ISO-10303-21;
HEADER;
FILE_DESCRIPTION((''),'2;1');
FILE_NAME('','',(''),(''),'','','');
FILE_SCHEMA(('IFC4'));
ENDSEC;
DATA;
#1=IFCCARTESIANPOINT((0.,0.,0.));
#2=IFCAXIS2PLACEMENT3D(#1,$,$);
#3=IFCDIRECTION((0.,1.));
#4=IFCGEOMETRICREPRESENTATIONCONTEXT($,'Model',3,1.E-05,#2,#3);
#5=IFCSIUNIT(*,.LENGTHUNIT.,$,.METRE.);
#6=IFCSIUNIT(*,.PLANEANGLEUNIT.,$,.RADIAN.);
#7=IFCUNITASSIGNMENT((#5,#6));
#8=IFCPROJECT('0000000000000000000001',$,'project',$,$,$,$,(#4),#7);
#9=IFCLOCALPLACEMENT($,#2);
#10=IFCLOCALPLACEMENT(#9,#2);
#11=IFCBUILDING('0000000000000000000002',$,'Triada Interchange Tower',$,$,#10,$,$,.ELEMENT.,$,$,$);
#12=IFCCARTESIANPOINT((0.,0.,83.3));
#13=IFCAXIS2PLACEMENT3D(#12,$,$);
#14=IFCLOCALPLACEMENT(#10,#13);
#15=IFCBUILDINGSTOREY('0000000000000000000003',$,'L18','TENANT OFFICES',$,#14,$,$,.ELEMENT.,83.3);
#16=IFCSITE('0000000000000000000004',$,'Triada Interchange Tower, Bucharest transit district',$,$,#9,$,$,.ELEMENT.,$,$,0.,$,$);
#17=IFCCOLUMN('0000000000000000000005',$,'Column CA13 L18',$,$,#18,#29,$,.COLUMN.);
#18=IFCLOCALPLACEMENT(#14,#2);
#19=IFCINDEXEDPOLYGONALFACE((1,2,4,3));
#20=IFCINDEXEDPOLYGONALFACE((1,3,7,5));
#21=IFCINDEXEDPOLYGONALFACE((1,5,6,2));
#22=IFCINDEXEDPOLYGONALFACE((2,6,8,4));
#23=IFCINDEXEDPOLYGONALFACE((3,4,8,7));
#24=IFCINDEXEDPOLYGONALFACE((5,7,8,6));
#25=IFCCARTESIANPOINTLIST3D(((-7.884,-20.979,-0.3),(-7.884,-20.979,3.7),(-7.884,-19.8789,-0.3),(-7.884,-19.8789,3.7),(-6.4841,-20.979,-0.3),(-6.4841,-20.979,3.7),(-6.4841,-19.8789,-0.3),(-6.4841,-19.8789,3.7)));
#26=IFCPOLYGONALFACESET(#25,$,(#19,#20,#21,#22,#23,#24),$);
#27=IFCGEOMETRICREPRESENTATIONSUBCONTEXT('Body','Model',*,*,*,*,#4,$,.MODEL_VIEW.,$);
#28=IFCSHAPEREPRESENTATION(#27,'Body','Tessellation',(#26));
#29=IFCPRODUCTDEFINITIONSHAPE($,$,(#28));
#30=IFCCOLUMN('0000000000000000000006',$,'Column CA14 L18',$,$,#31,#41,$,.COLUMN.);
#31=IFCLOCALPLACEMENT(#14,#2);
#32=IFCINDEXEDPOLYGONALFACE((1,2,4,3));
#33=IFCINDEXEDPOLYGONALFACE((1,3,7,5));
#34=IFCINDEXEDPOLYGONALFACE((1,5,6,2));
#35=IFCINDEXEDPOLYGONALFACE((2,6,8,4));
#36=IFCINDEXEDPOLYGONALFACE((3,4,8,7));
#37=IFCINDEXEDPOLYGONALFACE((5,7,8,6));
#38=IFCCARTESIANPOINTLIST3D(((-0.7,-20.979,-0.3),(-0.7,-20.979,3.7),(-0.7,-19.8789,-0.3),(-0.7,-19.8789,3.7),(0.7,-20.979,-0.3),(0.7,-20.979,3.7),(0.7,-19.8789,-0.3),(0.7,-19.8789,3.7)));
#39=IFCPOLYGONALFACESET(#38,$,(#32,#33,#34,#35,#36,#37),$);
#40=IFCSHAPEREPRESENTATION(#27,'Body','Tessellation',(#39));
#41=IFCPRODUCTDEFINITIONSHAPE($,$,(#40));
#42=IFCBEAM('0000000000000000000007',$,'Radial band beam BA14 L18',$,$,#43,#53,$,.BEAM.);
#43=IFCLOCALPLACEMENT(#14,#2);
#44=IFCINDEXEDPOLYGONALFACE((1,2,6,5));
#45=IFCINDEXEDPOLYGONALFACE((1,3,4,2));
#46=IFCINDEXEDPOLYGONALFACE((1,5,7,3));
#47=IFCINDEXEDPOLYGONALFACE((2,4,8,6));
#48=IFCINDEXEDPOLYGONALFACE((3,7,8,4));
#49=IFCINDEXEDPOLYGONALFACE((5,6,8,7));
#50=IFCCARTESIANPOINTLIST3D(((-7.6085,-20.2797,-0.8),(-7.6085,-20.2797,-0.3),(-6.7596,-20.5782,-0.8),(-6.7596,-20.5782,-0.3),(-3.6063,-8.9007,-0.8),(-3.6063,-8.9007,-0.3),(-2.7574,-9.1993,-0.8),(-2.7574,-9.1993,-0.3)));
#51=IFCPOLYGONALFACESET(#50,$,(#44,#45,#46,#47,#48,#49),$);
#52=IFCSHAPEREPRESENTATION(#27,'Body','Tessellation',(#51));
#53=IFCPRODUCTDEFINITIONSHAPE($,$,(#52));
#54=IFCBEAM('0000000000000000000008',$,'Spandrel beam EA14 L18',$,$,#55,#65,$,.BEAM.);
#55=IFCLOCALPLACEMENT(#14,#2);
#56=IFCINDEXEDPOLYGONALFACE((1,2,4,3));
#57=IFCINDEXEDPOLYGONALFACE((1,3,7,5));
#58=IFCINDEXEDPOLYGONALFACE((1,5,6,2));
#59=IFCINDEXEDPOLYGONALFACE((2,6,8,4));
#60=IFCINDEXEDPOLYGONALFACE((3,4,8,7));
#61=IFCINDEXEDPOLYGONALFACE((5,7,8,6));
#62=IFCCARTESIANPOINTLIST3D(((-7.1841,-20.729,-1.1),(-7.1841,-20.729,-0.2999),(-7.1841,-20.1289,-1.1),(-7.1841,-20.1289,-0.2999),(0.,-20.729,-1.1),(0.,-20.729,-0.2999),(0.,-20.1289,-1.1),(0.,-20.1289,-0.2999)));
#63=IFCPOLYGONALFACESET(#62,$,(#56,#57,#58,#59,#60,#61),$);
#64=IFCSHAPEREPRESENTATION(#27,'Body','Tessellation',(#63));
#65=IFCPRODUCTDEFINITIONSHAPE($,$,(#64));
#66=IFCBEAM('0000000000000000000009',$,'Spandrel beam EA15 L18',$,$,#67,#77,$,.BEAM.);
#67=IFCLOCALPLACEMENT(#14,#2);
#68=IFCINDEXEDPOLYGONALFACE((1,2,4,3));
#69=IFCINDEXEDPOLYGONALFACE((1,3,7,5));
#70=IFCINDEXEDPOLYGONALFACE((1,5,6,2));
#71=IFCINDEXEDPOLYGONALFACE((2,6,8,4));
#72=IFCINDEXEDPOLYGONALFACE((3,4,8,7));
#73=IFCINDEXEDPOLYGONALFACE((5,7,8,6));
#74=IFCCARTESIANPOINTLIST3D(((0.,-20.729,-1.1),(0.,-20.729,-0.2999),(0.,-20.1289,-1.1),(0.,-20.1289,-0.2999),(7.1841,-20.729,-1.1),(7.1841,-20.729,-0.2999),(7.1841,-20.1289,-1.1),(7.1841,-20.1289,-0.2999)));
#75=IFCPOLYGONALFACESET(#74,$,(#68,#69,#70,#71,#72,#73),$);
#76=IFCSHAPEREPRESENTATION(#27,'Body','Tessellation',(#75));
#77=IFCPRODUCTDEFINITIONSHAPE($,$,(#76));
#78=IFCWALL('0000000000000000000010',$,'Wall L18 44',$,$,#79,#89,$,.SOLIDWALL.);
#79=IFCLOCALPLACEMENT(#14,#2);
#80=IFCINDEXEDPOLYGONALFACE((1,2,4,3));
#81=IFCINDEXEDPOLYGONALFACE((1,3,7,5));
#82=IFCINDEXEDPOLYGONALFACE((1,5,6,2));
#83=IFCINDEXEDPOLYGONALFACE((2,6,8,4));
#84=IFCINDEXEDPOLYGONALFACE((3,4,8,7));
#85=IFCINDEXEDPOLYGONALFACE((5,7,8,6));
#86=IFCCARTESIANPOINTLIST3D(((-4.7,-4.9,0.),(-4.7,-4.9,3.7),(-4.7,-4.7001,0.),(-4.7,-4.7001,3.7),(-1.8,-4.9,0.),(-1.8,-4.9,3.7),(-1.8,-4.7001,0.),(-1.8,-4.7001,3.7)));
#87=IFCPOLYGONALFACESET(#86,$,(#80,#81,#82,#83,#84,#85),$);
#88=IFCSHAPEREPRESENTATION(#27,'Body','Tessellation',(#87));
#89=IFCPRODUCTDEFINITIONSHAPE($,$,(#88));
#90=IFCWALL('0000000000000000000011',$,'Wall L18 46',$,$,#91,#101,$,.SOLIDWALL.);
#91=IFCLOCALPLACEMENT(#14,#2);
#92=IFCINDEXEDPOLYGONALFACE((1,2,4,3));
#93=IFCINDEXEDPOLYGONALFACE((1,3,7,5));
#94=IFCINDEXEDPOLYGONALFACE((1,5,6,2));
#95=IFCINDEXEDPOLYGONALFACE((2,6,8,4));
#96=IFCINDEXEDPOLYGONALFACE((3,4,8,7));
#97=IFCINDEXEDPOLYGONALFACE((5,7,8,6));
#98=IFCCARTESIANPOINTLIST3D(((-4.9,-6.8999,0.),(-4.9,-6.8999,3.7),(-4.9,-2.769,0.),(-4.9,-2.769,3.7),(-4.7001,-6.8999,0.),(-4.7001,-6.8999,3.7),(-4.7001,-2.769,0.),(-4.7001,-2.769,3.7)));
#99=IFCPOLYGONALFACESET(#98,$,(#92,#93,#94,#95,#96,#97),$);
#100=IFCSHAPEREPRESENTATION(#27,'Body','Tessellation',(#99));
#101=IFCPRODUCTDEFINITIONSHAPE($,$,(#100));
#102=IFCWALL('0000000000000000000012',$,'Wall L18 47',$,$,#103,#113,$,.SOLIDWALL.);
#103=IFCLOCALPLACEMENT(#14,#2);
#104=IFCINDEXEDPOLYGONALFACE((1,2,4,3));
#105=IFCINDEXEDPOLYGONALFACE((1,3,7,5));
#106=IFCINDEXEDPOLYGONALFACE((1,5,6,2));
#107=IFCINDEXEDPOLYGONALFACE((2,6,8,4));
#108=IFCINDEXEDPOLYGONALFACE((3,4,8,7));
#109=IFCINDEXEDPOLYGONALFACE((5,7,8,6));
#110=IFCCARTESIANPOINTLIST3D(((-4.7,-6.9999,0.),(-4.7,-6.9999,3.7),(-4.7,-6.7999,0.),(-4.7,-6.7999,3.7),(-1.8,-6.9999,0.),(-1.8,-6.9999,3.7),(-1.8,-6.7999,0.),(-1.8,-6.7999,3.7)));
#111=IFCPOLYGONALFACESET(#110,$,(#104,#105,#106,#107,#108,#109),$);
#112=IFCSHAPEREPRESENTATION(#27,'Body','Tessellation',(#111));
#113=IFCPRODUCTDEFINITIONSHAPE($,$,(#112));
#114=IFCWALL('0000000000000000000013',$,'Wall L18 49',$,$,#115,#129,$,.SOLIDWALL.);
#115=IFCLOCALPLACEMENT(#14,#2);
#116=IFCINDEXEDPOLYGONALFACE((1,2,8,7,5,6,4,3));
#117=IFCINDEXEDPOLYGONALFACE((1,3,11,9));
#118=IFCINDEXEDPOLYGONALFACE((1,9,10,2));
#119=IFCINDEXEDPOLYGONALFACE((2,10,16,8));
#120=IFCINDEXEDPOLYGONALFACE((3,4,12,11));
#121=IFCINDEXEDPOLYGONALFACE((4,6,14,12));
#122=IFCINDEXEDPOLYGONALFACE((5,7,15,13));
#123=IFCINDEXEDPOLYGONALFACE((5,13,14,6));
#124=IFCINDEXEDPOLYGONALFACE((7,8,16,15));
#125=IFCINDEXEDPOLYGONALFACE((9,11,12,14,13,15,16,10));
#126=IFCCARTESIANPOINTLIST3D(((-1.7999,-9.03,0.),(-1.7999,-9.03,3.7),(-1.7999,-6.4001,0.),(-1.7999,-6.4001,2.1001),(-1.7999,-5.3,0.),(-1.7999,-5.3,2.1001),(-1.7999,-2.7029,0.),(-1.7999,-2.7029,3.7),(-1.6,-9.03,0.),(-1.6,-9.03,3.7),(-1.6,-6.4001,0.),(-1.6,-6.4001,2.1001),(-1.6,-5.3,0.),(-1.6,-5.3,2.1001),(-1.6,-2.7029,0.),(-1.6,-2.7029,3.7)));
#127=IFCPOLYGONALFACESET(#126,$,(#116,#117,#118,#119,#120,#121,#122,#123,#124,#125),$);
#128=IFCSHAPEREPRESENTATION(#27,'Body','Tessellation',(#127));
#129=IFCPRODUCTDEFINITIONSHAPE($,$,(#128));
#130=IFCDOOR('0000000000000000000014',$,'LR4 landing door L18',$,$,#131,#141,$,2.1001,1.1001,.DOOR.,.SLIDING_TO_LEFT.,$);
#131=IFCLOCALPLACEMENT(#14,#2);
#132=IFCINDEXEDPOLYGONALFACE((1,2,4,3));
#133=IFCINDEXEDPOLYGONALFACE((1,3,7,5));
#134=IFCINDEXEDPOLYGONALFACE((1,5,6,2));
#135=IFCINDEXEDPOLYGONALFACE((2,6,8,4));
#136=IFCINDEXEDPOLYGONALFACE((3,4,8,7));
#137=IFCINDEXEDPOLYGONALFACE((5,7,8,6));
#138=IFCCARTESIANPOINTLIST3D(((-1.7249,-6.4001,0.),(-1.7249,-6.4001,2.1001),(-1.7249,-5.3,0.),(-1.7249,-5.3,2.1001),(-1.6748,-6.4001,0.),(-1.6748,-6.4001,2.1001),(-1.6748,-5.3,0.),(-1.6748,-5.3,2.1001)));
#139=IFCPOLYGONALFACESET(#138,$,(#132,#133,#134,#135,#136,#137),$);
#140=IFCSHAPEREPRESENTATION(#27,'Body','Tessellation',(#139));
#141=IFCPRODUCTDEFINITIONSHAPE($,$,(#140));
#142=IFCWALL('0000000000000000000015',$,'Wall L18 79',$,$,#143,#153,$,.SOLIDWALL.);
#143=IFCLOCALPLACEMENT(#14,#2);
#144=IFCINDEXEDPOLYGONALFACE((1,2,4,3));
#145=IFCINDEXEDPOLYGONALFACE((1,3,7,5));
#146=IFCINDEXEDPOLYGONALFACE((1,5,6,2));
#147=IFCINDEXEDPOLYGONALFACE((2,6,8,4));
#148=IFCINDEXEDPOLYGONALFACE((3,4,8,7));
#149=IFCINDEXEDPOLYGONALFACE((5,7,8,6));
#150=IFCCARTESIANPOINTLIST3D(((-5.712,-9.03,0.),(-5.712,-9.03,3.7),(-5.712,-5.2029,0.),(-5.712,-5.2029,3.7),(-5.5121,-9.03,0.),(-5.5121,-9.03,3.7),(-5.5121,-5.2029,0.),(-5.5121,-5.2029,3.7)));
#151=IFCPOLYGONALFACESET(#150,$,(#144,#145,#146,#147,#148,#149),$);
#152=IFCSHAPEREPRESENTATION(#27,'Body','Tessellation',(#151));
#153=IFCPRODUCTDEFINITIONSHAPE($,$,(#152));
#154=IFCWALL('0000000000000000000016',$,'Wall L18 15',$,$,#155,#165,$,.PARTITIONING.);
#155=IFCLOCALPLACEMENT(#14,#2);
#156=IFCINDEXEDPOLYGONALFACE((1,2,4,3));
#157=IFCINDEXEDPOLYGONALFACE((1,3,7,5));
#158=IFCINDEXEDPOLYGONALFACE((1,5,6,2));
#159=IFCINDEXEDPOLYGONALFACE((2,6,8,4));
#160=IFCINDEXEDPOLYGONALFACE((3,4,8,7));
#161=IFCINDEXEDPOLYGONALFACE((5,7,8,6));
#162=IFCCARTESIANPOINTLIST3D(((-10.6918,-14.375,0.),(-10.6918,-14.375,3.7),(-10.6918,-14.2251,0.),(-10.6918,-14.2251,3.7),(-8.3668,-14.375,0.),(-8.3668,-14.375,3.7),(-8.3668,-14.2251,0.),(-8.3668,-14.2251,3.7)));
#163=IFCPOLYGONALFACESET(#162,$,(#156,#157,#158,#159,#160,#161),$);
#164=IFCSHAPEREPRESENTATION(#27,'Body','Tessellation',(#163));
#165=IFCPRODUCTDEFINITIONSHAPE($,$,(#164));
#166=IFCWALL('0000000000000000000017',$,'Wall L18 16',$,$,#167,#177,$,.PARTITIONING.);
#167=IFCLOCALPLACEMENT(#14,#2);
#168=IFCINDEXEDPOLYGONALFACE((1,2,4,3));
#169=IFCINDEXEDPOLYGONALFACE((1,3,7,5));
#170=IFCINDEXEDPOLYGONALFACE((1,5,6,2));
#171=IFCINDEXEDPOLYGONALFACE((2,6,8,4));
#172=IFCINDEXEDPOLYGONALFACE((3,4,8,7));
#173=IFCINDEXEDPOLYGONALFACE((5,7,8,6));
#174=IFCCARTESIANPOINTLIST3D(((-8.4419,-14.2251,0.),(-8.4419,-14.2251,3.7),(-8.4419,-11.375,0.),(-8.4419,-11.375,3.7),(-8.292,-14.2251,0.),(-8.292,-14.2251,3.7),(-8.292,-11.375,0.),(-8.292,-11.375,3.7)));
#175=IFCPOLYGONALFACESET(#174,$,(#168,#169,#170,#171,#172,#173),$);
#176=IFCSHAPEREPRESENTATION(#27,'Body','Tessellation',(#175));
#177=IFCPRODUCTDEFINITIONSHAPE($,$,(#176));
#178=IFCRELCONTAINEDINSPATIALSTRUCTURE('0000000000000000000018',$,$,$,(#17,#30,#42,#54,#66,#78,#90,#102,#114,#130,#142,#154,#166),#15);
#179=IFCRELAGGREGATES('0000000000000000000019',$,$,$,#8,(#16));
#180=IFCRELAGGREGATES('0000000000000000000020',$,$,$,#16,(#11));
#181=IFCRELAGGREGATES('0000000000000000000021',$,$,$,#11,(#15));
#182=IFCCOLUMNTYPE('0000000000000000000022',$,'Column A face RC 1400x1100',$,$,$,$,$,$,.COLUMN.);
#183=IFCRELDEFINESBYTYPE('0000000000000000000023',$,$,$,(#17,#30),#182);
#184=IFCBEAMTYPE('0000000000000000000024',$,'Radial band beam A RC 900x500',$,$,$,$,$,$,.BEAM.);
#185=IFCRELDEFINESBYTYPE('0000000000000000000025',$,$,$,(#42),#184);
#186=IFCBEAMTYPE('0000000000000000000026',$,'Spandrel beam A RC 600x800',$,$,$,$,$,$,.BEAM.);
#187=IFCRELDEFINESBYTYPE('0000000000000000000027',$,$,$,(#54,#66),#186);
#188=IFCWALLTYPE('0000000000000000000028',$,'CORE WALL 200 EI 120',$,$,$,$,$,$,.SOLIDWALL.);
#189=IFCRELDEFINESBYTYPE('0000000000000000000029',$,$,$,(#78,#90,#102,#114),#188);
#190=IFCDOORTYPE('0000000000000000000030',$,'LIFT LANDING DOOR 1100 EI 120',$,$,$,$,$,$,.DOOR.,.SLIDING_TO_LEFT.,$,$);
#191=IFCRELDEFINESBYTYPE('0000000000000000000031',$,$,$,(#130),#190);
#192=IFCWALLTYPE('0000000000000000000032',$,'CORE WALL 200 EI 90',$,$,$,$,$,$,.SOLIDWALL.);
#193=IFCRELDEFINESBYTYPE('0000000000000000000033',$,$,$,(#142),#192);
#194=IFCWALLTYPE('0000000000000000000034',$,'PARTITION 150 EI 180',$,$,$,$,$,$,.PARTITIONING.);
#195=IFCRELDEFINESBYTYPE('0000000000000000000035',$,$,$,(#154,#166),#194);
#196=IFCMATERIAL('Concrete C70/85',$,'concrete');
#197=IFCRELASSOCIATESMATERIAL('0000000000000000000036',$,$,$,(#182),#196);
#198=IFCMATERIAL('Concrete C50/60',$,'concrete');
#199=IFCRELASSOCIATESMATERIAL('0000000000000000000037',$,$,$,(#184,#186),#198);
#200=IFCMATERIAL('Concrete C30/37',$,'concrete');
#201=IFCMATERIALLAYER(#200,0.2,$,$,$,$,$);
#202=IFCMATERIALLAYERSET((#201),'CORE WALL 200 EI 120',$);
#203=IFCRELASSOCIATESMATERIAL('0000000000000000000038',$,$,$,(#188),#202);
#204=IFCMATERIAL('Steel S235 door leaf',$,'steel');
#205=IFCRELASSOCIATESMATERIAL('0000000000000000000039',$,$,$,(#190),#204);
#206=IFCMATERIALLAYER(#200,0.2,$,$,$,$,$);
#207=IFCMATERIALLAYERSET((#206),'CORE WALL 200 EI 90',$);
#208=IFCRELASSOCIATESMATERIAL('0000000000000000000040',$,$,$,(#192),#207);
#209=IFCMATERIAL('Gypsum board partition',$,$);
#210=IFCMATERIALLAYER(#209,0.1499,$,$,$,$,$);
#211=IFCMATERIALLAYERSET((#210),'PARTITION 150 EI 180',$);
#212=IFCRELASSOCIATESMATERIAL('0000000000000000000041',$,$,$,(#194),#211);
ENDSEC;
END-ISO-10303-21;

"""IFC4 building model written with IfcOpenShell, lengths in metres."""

from ifc_helpers import new_model, si_unit, direction, frame, frame_2d, origin, origin_2d, place, context, subcontext, project, spatial, rectangle, extrude, material, layer, layer_set, material_profile, profile_set, type_object, element, fill, save


model = new_model("IFC4")

# Units and contexts
model_context = context("Model", 3, precision=1e-05, world=origin(), true_north=direction((0.0, 1.0)))
body_context = subcontext(model_context, "Body", "Model", "MODEL_VIEW")
ifc_project = project(units=[si_unit("LENGTHUNIT", "METRE"), si_unit("PLANEANGLEUNIT", "RADIAN")], contexts=[model_context])

# Site, building, storey
site_placement = place(None, origin())
site = spatial("IfcSite", under=ifc_project, at=site_placement, Name="Triada Interchange Tower, Bucharest transit district", CompositionType="ELEMENT", RefElevation=0.0)
building_placement = place(site_placement, origin())
building = spatial("IfcBuilding", under=site, at=building_placement, Name="Triada Interchange Tower", CompositionType="ELEMENT")
storey_placement = place(building_placement, frame((0.0, 0.0, 83.3)))
storey = spatial("IfcBuildingStorey", under=building, at=storey_placement, Name="L18", Description="TENANT OFFICES", CompositionType="ELEMENT", Elevation=83.3)

# Columns
ifc_material_1 = material(Name="Concrete C70/85", Category="concrete")
ifc_material_profile_1 = material_profile(ifc_material_1, rectangle(XDim=1.3999, YDim=1.1001, at=origin_2d()), Name="RC 1400x1100")
ifc_profile_set_1 = profile_set([ifc_material_profile_1], Name="Concrete C70/85")
column_type = type_object("IfcColumnType", Name="Column A face RC 1400x1100", PredefinedType="COLUMN", material=ifc_profile_set_1)
for number, where, z_axis, x_axis, name in (
    (1, (-7.1841, -20.429, -0.3), (0.0, 0.0, 1.0), (1.0, 0.0, 0.0), "Column CA13 L18"),
    (2, (0.0, -20.429, -0.3), (0.0, 0.0, 1.0), (1.0, 0.0, 0.0), "Column CA14 L18"),
):
    element("IfcColumn", number, at=place(storey_placement, frame(where, z_axis=z_axis, x_axis=x_axis)), inside=storey, type_object=column_type, Name=name, PredefinedType="COLUMN", context=body_context, shape_type="SweptSolid", body=[
        extrude(rectangle(XDim=1.3999, YDim=1.1001, at=origin_2d()), origin(), (0.0, 0.0, 1.0), 4.0),
    ])

# Beams
ifc_material_2 = material(Name="Concrete C50/60", Category="concrete")
ifc_material_profile_2 = material_profile(ifc_material_2, rectangle(XDim=0.8999, YDim=0.5, at=origin_2d()), Name="RC 900x500")
ifc_profile_set_2 = profile_set([ifc_material_profile_2], Name="Concrete C50/60")
beam_type_1 = type_object("IfcBeamType", Name="Radial band beam A RC 900x500", PredefinedType="BEAM", material=ifc_profile_set_2)
beam_placement = place(storey_placement, frame((-7.1841, -20.429, -0.55), z_axis=(0.331796, 0.943351, 0.0), x_axis=(-0.943351, 0.331796, 0.0)))
element("IfcBeam", 3, at=beam_placement, inside=storey, type_object=beam_type_1, Name="Radial band beam BA14 L18", PredefinedType="BEAM", context=body_context, shape_type="SweptSolid", body=[
    extrude(rectangle(XDim=0.8999, YDim=0.5, at=origin_2d()), origin(), (0.0, 0.0, 1.0), 12.0623),
])
ifc_material_profile_3 = material_profile(ifc_material_2, rectangle(XDim=0.6001, YDim=0.8, at=origin_2d()), Name="RC 600x800")
ifc_profile_set_3 = profile_set([ifc_material_profile_3], Name="Concrete C50/60")
beam_type_2 = type_object("IfcBeamType", Name="Spandrel beam A RC 600x800", PredefinedType="BEAM", material=ifc_profile_set_3)
for number, where, z_axis, x_axis, name in (
    (4, (-7.1841, -20.429, -0.7), (1.0, 0.0, 0.0), (0.0, 1.0, 0.0), "Spandrel beam EA14 L18"),
    (5, (0.0, -20.429, -0.7), (1.0, 0.0, 0.0), (0.0, 1.0, 0.0), "Spandrel beam EA15 L18"),
):
    element("IfcBeam", number, at=place(storey_placement, frame(where, z_axis=z_axis, x_axis=x_axis)), inside=storey, type_object=beam_type_2, Name=name, PredefinedType="BEAM", context=body_context, shape_type="SweptSolid", body=[
        extrude(rectangle(XDim=0.6001, YDim=0.8, at=origin_2d()), origin(), (0.0, 0.0, 1.0), 7.1841),
    ])

# Walls
ifc_material_3 = material(Name="Concrete C30/37", Category="concrete")
ifc_layer_1 = layer(ifc_material_3, 0.2)
ifc_layer_set_1 = layer_set([ifc_layer_1], Name="CORE WALL 200 EI 120")
wall_type_1 = type_object("IfcWallType", Name="CORE WALL 200 EI 120", PredefinedType="SOLIDWALL", material=ifc_layer_set_1)
wall_1_placement = place(storey_placement, frame((-4.7, -4.8, 0.0), z_axis=(0.0, 0.0, 1.0), x_axis=(1.0, 0.0, 0.0)))
element("IfcWall", 6, at=wall_1_placement, inside=storey, type_object=wall_type_1, Name="Wall L18 44", PredefinedType="SOLIDWALL", context=body_context, shape_type="SweptSolid", body=[
    extrude(rectangle(XDim=2.8999, YDim=0.2, at=frame_2d((1.45, 0.0))), origin(), (0.0, 0.0, 1.0), 3.7),
])
wall_2_placement = place(storey_placement, frame((-4.8, -6.8999, 0.0), z_axis=(0.0, 0.0, 1.0), x_axis=(0.0, 1.0, 0.0)))
element("IfcWall", 7, at=wall_2_placement, inside=storey, type_object=wall_type_1, Name="Wall L18 46", PredefinedType="SOLIDWALL", context=body_context, shape_type="SweptSolid", body=[
    extrude(rectangle(XDim=4.1309, YDim=0.2, at=frame_2d((2.0654, 0.0))), origin(), (0.0, 0.0, 1.0), 3.7),
])
wall_3_placement = place(storey_placement, frame((-4.7, -6.8999, 0.0), z_axis=(0.0, 0.0, 1.0), x_axis=(1.0, 0.0, 0.0)))
element("IfcWall", 8, at=wall_3_placement, inside=storey, type_object=wall_type_1, Name="Wall L18 47", PredefinedType="SOLIDWALL", context=body_context, shape_type="SweptSolid", body=[
    extrude(rectangle(XDim=2.8999, YDim=0.2, at=frame_2d((1.45, 0.0))), origin(), (0.0, 0.0, 1.0), 3.7),
])

# Wall, opening, door
wall_4_placement = place(storey_placement, frame((-1.7, -9.03, 0.0), z_axis=(0.0, 0.0, 1.0), x_axis=(0.0, 1.0, 0.0)))
wall_4 = element("IfcWall", 9, at=wall_4_placement, inside=storey, type_object=wall_type_1, Name="Wall L18 49", PredefinedType="SOLIDWALL", context=body_context, shape_type="SweptSolid", body=[
    extrude(rectangle(XDim=6.3271, YDim=0.2, at=frame_2d((3.1636, 0.0))), origin(), (0.0, 0.0, 1.0), 3.7),
])
opening_placement = place(wall_4_placement, frame((2.6299, 0.0, 0.0)))
opening = element("IfcOpeningElement", 10, at=opening_placement, cuts=wall_4, PredefinedType="OPENING", context=body_context, shape_type="SweptSolid", body=[
    extrude(rectangle(XDim=1.1001, YDim=2.1001, at=frame_2d((0.55, 1.05))), frame((0.0, 0.1099, 0.0), z_axis=(0.0, -1.0, 0.0), x_axis=(1.0, 0.0, 0.0)), (0.0, 0.0, 1.0), 0.22),
])
ifc_material_4 = material(Name="Steel S235 door leaf", Category="steel")
door_type = type_object("IfcDoorType", Name="LIFT LANDING DOOR 1100 EI 120", OperationType="SLIDING_TO_LEFT", PredefinedType="DOOR", material=ifc_material_4)
door_placement = place(opening_placement, origin())
door = element("IfcDoor", 11, at=door_placement, inside=storey, type_object=door_type, Name="LR4 landing door L18", OperationType="SLIDING_TO_LEFT", OverallHeight=2.1001, OverallWidth=1.1001, PredefinedType="DOOR", context=body_context, shape_type="SweptSolid", body=[
    extrude(rectangle(XDim=1.1001, YDim=2.1001, at=frame_2d((0.55, 1.05))), frame((0.0, 0.0249, 0.0), z_axis=(0.0, -1.0, 0.0), x_axis=(1.0, 0.0, 0.0)), (0.0, 0.0, 1.0), 0.05),
])
fill(opening, door)

# Walls
ifc_layer_2 = layer(ifc_material_3, 0.2)
ifc_layer_set_2 = layer_set([ifc_layer_2], Name="CORE WALL 200 EI 90")
wall_type_2 = type_object("IfcWallType", Name="CORE WALL 200 EI 90", PredefinedType="SOLIDWALL", material=ifc_layer_set_2)
wall_5_placement = place(storey_placement, frame((-5.6121, -9.03, 0.0), z_axis=(0.0, 0.0, 1.0), x_axis=(0.0, 1.0, 0.0)))
element("IfcWall", 12, at=wall_5_placement, inside=storey, type_object=wall_type_2, Name="Wall L18 79", PredefinedType="SOLIDWALL", context=body_context, shape_type="SweptSolid", body=[
    extrude(rectangle(XDim=3.8271, YDim=0.2, at=frame_2d((1.9136, 0.0))), origin(), (0.0, 0.0, 1.0), 3.7),
])
ifc_material_5 = material(Name="Gypsum board partition")
ifc_layer_3 = layer(ifc_material_5, 0.1499)
ifc_layer_set_3 = layer_set([ifc_layer_3], Name="PARTITION 150 EI 180")
wall_type_3 = type_object("IfcWallType", Name="PARTITION 150 EI 180", PredefinedType="PARTITIONING", material=ifc_layer_set_3)
wall_6_placement = place(storey_placement, frame((-10.6919, -14.3, 0.0), z_axis=(0.0, 0.0, 1.0), x_axis=(1.0, 0.0, 0.0)))
element("IfcWall", 13, at=wall_6_placement, inside=storey, type_object=wall_type_3, Name="Wall L18 15", PredefinedType="PARTITIONING", context=body_context, shape_type="SweptSolid", body=[
    extrude(rectangle(XDim=2.325, YDim=0.1499, at=frame_2d((1.1626, 0.0))), origin(), (0.0, 0.0, 1.0), 3.7),
])
wall_7_placement = place(storey_placement, frame((-8.3669, -14.2251, 0.0), z_axis=(0.0, 0.0, 1.0), x_axis=(0.0, 1.0, 0.0)))
element("IfcWall", 14, at=wall_7_placement, inside=storey, type_object=wall_type_3, Name="Wall L18 16", PredefinedType="PARTITIONING", context=body_context, shape_type="SweptSolid", body=[
    extrude(rectangle(XDim=2.8501, YDim=0.1499, at=frame_2d((1.425, 0.0))), origin(), (0.0, 0.0, 1.0), 3.7),
])

save(model, "model.ifc")
